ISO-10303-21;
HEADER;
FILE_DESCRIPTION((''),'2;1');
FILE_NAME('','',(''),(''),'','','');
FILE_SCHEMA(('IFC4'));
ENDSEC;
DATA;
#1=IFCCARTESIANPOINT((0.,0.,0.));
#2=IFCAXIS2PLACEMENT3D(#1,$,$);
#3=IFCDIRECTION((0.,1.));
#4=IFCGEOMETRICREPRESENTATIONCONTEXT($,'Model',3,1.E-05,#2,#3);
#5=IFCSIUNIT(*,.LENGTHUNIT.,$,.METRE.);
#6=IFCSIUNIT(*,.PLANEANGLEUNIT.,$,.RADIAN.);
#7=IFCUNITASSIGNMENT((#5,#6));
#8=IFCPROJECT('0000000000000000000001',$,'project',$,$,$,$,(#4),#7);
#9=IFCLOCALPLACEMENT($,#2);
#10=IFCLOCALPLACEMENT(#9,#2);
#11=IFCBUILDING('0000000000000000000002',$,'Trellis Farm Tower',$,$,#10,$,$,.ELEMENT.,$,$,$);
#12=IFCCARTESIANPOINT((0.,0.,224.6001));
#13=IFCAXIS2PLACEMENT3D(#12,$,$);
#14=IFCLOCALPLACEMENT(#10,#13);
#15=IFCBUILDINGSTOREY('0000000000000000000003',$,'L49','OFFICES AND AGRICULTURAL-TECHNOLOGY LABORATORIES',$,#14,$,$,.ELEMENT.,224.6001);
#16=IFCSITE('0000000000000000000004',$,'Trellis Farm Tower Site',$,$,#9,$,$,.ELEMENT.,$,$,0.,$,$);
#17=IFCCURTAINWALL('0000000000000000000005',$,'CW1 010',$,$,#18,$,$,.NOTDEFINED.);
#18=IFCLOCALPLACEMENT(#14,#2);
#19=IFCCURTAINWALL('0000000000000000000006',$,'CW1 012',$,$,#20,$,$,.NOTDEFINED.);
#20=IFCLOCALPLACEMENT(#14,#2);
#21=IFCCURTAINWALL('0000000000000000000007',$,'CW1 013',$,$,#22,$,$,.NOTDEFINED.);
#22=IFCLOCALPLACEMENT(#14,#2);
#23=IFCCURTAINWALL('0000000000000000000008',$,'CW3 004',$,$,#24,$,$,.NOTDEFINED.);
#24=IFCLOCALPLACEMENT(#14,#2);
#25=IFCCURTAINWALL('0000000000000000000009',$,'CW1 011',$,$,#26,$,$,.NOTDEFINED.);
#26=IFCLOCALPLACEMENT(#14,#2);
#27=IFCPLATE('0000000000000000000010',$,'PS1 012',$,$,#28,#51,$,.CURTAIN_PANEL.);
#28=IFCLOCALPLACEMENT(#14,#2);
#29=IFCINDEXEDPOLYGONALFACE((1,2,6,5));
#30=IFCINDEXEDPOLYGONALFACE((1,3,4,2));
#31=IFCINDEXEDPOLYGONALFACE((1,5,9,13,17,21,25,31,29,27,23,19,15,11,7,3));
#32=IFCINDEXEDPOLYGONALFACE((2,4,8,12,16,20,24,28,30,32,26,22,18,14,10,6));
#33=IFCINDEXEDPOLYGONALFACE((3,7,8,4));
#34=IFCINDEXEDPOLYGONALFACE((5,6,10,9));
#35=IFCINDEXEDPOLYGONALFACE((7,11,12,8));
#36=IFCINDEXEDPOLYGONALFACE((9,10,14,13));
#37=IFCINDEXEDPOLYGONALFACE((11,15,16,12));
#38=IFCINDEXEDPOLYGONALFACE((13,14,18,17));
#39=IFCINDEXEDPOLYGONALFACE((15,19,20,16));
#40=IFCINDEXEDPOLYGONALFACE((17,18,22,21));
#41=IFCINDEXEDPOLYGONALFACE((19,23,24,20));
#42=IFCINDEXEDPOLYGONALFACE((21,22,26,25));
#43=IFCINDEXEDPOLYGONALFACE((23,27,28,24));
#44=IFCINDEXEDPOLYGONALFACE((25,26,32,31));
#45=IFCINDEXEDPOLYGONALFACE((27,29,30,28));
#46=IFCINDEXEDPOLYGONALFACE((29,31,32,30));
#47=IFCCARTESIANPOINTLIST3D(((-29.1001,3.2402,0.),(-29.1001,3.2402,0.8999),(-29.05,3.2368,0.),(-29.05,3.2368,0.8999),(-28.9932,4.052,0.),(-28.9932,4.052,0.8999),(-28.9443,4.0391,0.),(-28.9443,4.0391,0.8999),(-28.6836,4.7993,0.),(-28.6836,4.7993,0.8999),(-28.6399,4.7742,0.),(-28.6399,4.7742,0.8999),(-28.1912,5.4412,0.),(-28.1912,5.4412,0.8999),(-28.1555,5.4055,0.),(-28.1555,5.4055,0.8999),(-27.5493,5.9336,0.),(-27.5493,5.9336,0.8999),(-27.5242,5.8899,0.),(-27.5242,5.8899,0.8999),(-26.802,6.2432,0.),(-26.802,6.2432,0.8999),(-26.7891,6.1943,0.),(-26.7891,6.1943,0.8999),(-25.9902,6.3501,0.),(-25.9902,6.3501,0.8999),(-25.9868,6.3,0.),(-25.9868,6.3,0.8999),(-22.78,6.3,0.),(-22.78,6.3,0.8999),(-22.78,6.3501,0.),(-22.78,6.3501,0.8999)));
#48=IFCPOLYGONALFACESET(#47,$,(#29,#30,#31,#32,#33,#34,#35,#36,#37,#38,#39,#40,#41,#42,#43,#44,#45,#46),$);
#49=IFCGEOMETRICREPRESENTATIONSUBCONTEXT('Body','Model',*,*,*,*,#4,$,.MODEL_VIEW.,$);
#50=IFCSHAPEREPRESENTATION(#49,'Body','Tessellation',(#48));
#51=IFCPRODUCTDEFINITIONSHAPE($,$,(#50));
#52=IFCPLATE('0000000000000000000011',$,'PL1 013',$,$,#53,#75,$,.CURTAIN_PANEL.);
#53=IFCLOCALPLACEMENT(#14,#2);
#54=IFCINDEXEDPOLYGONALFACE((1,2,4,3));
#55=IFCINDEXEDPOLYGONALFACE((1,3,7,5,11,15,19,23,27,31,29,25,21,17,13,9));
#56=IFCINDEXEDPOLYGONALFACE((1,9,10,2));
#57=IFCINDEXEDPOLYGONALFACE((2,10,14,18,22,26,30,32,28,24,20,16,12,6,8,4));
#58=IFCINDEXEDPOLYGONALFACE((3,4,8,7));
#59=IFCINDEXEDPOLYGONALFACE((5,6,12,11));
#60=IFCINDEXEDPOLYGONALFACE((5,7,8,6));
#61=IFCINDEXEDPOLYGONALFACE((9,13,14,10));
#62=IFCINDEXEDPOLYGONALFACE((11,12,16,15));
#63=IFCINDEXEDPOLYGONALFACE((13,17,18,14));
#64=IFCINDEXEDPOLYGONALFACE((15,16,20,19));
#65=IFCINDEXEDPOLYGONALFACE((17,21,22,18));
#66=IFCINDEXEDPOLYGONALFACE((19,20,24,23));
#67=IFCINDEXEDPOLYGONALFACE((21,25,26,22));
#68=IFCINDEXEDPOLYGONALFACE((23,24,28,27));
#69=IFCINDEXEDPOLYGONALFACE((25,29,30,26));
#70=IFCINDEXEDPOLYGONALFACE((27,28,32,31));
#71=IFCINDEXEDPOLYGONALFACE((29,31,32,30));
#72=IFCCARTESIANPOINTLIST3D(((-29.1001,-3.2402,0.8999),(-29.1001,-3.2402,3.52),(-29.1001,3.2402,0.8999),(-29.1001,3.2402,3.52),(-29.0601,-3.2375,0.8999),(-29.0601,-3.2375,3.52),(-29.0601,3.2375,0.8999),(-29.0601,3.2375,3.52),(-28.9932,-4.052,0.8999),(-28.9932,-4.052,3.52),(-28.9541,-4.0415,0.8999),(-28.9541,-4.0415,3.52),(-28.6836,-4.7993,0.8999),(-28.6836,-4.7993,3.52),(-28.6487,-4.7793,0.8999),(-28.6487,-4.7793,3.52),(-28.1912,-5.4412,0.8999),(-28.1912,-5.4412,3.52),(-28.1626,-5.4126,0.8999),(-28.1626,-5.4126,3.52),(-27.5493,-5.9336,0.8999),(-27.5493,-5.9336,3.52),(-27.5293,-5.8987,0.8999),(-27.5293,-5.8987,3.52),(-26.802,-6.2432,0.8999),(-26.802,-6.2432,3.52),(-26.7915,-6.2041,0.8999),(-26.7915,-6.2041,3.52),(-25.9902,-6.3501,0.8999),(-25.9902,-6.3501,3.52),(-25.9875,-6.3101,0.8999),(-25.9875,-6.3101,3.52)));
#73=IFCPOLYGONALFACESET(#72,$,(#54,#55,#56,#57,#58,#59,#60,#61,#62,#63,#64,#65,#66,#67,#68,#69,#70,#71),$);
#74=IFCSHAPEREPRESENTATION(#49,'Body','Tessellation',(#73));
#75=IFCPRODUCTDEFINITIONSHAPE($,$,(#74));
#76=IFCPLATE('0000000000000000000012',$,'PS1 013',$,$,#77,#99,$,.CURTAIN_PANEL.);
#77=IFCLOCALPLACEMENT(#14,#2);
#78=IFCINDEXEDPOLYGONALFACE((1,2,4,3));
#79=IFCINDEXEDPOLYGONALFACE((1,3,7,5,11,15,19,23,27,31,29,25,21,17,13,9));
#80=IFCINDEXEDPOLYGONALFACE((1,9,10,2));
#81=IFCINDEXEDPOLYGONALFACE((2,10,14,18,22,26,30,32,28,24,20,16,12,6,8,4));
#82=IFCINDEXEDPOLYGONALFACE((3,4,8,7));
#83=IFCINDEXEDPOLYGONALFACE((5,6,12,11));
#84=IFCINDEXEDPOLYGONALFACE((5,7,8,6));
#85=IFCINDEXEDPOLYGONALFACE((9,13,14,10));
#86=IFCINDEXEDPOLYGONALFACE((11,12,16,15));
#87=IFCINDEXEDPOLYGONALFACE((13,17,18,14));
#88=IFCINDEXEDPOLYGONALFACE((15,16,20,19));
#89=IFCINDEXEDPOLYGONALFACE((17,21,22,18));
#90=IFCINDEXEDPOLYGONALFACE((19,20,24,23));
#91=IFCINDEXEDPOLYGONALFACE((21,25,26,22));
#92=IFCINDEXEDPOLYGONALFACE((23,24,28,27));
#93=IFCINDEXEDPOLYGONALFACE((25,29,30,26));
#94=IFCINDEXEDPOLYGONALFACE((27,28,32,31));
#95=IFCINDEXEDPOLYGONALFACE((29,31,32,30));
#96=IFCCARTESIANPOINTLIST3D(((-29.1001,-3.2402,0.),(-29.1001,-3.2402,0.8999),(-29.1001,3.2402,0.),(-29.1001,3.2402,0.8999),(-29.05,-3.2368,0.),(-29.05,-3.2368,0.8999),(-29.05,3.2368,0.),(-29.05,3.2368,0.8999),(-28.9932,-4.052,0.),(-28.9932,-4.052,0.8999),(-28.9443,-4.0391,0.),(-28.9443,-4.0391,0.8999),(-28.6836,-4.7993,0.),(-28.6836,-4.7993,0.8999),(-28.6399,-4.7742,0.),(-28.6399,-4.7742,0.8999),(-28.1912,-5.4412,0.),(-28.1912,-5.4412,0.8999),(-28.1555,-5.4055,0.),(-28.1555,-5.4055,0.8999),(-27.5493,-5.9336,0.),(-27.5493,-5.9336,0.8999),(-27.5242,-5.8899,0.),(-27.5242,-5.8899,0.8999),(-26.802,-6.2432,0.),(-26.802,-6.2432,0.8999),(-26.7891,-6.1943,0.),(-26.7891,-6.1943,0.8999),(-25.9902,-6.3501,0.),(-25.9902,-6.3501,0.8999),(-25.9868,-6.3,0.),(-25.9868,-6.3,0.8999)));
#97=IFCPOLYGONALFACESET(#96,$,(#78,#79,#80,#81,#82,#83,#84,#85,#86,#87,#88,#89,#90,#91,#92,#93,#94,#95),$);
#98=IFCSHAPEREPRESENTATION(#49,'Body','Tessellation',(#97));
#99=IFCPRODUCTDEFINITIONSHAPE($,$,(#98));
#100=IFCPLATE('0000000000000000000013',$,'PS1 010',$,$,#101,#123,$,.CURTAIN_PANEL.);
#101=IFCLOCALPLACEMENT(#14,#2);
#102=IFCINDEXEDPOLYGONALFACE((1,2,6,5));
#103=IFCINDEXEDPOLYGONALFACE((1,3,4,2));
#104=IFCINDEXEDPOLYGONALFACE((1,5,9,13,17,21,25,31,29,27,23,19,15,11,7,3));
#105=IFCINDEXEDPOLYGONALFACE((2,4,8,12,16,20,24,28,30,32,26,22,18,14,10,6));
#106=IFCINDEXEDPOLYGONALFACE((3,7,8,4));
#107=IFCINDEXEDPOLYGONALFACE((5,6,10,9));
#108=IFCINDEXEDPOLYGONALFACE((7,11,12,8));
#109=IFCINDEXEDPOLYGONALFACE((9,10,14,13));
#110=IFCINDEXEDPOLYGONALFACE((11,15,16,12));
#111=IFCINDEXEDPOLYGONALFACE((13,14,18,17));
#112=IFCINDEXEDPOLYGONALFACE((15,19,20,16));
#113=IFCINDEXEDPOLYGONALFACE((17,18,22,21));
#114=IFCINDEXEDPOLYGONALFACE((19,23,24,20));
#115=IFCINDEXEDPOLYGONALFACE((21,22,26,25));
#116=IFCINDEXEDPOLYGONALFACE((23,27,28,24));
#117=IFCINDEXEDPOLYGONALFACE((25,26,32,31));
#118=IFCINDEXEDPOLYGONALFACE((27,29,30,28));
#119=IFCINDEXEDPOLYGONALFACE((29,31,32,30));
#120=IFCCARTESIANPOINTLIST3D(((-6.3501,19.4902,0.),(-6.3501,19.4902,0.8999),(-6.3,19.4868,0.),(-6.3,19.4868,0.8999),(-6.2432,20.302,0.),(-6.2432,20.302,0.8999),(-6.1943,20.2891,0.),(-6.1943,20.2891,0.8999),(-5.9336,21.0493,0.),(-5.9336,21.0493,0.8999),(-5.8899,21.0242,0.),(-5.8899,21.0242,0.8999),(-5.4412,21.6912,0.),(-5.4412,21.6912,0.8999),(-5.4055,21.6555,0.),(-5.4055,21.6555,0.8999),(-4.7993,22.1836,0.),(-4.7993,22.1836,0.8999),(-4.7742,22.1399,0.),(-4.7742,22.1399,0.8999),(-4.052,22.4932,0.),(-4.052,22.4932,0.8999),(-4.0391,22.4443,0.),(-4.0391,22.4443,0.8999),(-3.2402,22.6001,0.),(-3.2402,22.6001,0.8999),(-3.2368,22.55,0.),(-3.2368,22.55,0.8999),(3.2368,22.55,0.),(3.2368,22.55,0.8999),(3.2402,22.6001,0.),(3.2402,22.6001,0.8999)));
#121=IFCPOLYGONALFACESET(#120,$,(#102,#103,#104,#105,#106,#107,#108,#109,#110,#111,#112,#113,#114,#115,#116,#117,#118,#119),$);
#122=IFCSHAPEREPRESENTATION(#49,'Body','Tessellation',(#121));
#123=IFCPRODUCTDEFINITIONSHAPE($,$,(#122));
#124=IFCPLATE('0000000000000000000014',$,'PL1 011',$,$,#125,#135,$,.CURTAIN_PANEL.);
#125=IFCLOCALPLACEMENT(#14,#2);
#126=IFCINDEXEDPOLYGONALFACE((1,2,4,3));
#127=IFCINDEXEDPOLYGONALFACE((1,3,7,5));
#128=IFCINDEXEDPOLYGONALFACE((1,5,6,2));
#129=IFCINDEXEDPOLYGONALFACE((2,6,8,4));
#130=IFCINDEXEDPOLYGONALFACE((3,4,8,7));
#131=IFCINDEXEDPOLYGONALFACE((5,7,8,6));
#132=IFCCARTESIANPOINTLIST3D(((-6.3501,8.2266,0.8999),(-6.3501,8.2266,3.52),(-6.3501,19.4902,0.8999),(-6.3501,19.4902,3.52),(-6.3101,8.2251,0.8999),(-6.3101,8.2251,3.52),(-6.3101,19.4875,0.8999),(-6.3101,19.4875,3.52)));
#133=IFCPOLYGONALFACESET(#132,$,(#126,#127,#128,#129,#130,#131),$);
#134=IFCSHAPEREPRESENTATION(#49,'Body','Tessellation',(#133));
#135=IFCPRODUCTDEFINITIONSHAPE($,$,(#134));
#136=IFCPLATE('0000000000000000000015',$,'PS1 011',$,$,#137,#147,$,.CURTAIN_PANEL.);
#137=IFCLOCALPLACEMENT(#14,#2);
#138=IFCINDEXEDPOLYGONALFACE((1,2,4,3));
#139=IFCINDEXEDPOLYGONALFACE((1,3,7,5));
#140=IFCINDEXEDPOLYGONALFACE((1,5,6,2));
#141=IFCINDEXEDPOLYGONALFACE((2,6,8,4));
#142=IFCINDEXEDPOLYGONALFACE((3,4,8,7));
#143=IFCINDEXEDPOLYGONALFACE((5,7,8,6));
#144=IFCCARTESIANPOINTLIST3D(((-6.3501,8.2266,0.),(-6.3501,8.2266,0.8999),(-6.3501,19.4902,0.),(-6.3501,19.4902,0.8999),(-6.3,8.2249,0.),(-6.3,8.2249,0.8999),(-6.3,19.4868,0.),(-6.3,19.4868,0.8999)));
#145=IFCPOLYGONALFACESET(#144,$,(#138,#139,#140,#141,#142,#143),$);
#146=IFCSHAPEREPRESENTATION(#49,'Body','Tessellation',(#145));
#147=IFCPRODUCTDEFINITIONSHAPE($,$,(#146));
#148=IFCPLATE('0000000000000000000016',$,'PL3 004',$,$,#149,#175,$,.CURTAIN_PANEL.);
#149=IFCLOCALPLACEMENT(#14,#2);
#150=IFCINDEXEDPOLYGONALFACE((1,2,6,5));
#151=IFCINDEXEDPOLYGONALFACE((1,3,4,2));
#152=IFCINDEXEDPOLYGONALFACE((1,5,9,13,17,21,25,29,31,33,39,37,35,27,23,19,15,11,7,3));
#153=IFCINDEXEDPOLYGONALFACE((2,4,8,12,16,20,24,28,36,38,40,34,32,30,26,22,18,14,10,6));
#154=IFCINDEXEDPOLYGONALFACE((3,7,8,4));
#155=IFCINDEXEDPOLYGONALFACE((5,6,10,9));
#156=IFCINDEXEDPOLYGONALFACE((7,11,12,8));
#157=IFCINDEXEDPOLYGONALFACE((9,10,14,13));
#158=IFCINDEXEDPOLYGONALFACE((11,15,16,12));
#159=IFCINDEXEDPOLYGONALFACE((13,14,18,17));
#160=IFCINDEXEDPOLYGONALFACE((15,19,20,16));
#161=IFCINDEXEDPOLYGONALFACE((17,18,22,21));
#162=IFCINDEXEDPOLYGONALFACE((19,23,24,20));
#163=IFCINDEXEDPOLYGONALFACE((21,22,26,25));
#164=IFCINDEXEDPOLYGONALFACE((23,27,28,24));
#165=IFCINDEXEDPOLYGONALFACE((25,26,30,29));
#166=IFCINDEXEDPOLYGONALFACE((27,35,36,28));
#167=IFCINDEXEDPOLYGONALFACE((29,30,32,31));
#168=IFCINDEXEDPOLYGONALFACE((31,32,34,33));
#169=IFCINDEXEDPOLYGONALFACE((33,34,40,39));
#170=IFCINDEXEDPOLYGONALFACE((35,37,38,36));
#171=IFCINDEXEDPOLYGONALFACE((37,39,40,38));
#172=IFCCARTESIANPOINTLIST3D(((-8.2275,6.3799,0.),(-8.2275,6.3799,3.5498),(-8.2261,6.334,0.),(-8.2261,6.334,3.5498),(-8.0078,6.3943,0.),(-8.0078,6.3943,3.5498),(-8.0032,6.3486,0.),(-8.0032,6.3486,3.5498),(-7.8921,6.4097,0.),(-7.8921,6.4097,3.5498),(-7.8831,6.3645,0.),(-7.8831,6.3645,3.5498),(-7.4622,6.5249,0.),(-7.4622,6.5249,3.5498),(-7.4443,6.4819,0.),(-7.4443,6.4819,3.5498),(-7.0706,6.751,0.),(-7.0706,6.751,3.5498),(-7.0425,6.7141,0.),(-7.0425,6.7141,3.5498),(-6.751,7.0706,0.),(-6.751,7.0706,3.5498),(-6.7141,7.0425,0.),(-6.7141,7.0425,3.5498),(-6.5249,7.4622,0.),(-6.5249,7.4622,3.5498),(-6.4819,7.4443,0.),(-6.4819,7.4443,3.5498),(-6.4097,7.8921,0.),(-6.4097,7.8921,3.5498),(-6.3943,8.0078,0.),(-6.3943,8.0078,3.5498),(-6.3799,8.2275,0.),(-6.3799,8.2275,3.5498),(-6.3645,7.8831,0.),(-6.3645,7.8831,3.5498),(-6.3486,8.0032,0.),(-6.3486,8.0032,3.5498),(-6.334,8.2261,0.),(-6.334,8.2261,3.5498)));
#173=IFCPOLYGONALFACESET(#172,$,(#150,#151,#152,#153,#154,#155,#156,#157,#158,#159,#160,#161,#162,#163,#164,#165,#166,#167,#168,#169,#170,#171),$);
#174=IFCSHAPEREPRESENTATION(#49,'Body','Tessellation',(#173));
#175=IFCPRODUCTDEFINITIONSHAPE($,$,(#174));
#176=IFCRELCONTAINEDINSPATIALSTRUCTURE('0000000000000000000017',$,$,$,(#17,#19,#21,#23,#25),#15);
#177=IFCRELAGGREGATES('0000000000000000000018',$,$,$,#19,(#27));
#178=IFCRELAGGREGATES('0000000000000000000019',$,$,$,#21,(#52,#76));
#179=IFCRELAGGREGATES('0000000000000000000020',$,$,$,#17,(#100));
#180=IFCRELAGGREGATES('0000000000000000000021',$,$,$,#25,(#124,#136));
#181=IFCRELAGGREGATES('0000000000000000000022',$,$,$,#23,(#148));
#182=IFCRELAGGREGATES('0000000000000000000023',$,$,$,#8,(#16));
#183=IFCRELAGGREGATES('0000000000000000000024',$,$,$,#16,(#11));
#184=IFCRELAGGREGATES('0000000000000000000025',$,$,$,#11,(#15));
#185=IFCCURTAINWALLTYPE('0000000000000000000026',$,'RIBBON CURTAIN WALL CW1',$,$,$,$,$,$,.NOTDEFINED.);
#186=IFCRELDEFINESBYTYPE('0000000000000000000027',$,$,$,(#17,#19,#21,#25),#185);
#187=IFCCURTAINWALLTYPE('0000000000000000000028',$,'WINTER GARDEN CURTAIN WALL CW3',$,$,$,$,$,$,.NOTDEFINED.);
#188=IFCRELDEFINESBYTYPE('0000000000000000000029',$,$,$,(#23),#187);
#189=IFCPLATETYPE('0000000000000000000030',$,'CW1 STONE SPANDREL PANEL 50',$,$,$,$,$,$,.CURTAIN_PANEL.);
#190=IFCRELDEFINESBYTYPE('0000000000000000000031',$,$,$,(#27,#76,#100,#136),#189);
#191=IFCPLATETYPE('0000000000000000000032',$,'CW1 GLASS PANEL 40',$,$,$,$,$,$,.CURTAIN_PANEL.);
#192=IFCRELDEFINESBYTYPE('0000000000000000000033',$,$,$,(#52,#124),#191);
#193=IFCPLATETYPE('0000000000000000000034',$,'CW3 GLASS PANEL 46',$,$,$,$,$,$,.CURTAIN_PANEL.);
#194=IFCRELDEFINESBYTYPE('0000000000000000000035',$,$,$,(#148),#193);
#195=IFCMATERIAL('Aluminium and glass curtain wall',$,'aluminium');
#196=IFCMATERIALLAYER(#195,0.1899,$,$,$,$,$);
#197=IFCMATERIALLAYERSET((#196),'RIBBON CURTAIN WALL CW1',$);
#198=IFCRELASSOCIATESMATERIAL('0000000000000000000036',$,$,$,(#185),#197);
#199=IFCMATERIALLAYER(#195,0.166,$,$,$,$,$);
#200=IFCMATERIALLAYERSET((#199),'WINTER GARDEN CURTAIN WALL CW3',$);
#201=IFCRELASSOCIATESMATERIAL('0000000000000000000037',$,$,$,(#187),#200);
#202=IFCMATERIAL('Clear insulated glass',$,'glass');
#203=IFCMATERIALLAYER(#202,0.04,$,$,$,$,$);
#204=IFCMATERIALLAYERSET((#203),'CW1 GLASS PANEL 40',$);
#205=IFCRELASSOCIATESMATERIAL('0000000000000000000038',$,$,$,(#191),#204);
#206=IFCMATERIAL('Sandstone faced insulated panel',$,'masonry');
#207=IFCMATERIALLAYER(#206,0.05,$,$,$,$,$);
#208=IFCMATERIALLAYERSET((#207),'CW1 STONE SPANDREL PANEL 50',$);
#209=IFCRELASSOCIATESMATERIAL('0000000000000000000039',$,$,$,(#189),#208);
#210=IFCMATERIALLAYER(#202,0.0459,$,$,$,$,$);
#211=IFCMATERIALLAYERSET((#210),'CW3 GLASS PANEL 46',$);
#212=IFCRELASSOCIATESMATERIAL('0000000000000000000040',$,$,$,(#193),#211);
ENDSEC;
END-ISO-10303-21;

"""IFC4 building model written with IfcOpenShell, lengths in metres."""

from ifc_helpers import new_model, si_unit, direction, frame, origin, place, context, subcontext, project, spatial, polyline, outline, extrude, source, transform, mapped, material, layer, layer_set, type_object, element, aggregate, save


model = new_model("IFC4")

# Units and contexts
model_context = context("Model", 3, precision=1e-05, world=origin(), true_north=direction((0.0, 1.0)))
body_context = subcontext(model_context, "Body", "Model", "MODEL_VIEW")
ifc_project = project(units=[si_unit("LENGTHUNIT", "METRE"), si_unit("PLANEANGLEUNIT", "RADIAN")], contexts=[model_context])

# Site, building, storey
site_placement = place(None, origin())
site = spatial("IfcSite", under=ifc_project, at=site_placement, Name="Trellis Farm Tower Site", CompositionType="ELEMENT", RefElevation=0.0)
building_placement = place(site_placement, origin())
building = spatial("IfcBuilding", under=site, at=building_placement, Name="Trellis Farm Tower", CompositionType="ELEMENT")
storey_placement = place(building_placement, frame((0.0, 0.0, 224.6001)))
storey = spatial("IfcBuildingStorey", under=building, at=storey_placement, Name="L49", Description="OFFICES AND AGRICULTURAL-TECHNOLOGY LABORATORIES", CompositionType="ELEMENT", Elevation=224.6001)

# Curtain walls
ifc_material_1 = material(Name="Aluminium and glass curtain wall", Category="aluminium")
ifc_layer_1 = layer(ifc_material_1, 0.1899)
ifc_layer_set_1 = layer_set([ifc_layer_1], Name="RIBBON CURTAIN WALL CW1")
curtain_wall_type_1 = type_object("IfcCurtainWallType", Name="RIBBON CURTAIN WALL CW1", PredefinedType="NOTDEFINED", material=ifc_layer_set_1)
placement_1 = place(storey_placement, origin())
curtain_wall_1 = element("IfcCurtainWall", 1, at=placement_1, inside=storey, type_object=curtain_wall_type_1, Name="CW1 010", PredefinedType="NOTDEFINED")
curtain_wall_2 = element("IfcCurtainWall", 2, at=placement_1, inside=storey, type_object=curtain_wall_type_1, Name="CW1 012", PredefinedType="NOTDEFINED")
curtain_wall_3 = element("IfcCurtainWall", 3, at=placement_1, inside=storey, type_object=curtain_wall_type_1, Name="CW1 013", PredefinedType="NOTDEFINED")
ifc_layer_2 = layer(ifc_material_1, 0.166)
ifc_layer_set_2 = layer_set([ifc_layer_2], Name="WINTER GARDEN CURTAIN WALL CW3")
curtain_wall_type_2 = type_object("IfcCurtainWallType", Name="WINTER GARDEN CURTAIN WALL CW3", PredefinedType="NOTDEFINED", material=ifc_layer_set_2)
curtain_wall_4 = element("IfcCurtainWall", 4, at=placement_1, inside=storey, type_object=curtain_wall_type_2, Name="CW3 004", PredefinedType="NOTDEFINED")

# Curtain wall
curtain_wall_5 = element("IfcCurtainWall", 5, at=placement_1, inside=storey, type_object=curtain_wall_type_1, Name="CW1 011", PredefinedType="NOTDEFINED")

# Plates
ifc_material_2 = material(Name="Clear insulated glass", Category="glass")
ifc_layer_3 = layer(ifc_material_2, 0.04)
ifc_layer_set_3 = layer_set([ifc_layer_3], Name="CW1 GLASS PANEL 40")
plate_type_1 = type_object("IfcPlateType", Name="CW1 GLASS PANEL 40", PredefinedType="CURTAIN_PANEL", material=ifc_layer_set_3)
placement_2 = place(storey_placement, frame((0.0, 0.0, 0.8999)))
ifc_material_3 = material(Name="Sandstone faced insulated panel", Category="masonry")
ifc_layer_4 = layer(ifc_material_3, 0.05)
ifc_layer_set_4 = layer_set([ifc_layer_4], Name="CW1 STONE SPANDREL PANEL 50")
plate_type_2 = type_object("IfcPlateType", Name="CW1 STONE SPANDREL PANEL 50", PredefinedType="CURTAIN_PANEL", material=ifc_layer_set_4)
shared_shape_1 = source(origin(), body_context, "Body", "SweptSolid", [
    extrude(outline(polyline([(-22.78, 6.3501), (-25.9902, 6.3501), (-26.802, 6.2432), (-27.5493, 5.9336), (-28.1912, 5.4412), (-28.6836, 4.7993), (-28.9932, 4.052), (-29.1001, 3.2402), (-29.05, 3.2368), (-28.9443, 4.0391), (-28.6399, 4.7742), (-28.1555, 5.4055), (-27.5242, 5.8899), (-26.7891, 6.1943), (-25.9868, 6.3), (-22.78, 6.3), (-22.78, 6.3501)])), origin(), (0.0, 0.0, 1.0), 0.8999),
])
plate_1 = element("IfcPlate", 6, at=placement_1, type_object=plate_type_2, Name="PS1 012", PredefinedType="CURTAIN_PANEL", context=body_context, shape_type="MappedRepresentation", body=[
    mapped(shared_shape_1, transform((0.0, 0.0, 0.0))),
])
aggregate(curtain_wall_2, [plate_1])
shared_shape_2 = source(origin(), body_context, "Body", "SweptSolid", [
    extrude(outline(polyline([(-29.1001, 3.2402), (-29.1001, -3.2402), (-28.9932, -4.052), (-28.6836, -4.7993), (-28.1912, -5.4412), (-27.5493, -5.9336), (-26.802, -6.2432), (-25.9902, -6.3501), (-25.9875, -6.3101), (-26.7915, -6.2041), (-27.5293, -5.8987), (-28.1626, -5.4126), (-28.6487, -4.7793), (-28.9541, -4.0415), (-29.0601, -3.2375), (-29.0601, 3.2375), (-29.1001, 3.2402)])), origin(), (0.0, 0.0, 1.0), 2.6201),
])
plate_2 = element("IfcPlate", 7, at=placement_2, type_object=plate_type_1, Name="PL1 013", PredefinedType="CURTAIN_PANEL", context=body_context, shape_type="MappedRepresentation", body=[
    mapped(shared_shape_2, transform((0.0, 0.0, 0.0))),
])
shared_shape_3 = source(origin(), body_context, "Body", "SweptSolid", [
    extrude(outline(polyline([(-29.1001, 3.2402), (-29.1001, -3.2402), (-28.9932, -4.052), (-28.6836, -4.7993), (-28.1912, -5.4412), (-27.5493, -5.9336), (-26.802, -6.2432), (-25.9902, -6.3501), (-25.9868, -6.3), (-26.7891, -6.1943), (-27.5242, -5.8899), (-28.1555, -5.4055), (-28.6399, -4.7742), (-28.9443, -4.0391), (-29.05, -3.2368), (-29.05, 3.2368), (-29.1001, 3.2402)])), origin(), (0.0, 0.0, 1.0), 0.8999),
])
plate_3 = element("IfcPlate", 8, at=placement_1, type_object=plate_type_2, Name="PS1 013", PredefinedType="CURTAIN_PANEL", context=body_context, shape_type="MappedRepresentation", body=[
    mapped(shared_shape_3, transform((0.0, 0.0, 0.0))),
])
aggregate(curtain_wall_3, [plate_2, plate_3])
shared_shape_4 = source(origin(), body_context, "Body", "SweptSolid", [
    extrude(outline(polyline([(3.2402, 22.6001), (-3.2402, 22.6001), (-4.052, 22.4932), (-4.7993, 22.1836), (-5.4412, 21.6912), (-5.9336, 21.0493), (-6.2432, 20.302), (-6.3501, 19.4902), (-6.3, 19.4868), (-6.1943, 20.2891), (-5.8899, 21.0242), (-5.4055, 21.6555), (-4.7742, 22.1399), (-4.0391, 22.4443), (-3.2368, 22.55), (3.2368, 22.55), (3.2402, 22.6001)])), origin(), (0.0, 0.0, 1.0), 0.8999),
])
plate_4 = element("IfcPlate", 9, at=placement_1, type_object=plate_type_2, Name="PS1 010", PredefinedType="CURTAIN_PANEL", context=body_context, shape_type="MappedRepresentation", body=[
    mapped(shared_shape_4, transform((0.0, 0.0, 0.0))),
])
aggregate(curtain_wall_1, [plate_4])
shared_shape_5 = source(origin(), body_context, "Body", "SweptSolid", [
    extrude(outline(polyline([(-6.3501, 19.4902), (-6.3501, 8.2266), (-6.3101, 8.2251), (-6.3101, 19.4875), (-6.3501, 19.4902)])), origin(), (0.0, 0.0, 1.0), 2.6201),
])
plate_5 = element("IfcPlate", 10, at=placement_2, type_object=plate_type_1, Name="PL1 011", PredefinedType="CURTAIN_PANEL", context=body_context, shape_type="MappedRepresentation", body=[
    mapped(shared_shape_5, transform((0.0, 0.0, 0.0))),
])
shared_shape_6 = source(origin(), body_context, "Body", "SweptSolid", [
    extrude(outline(polyline([(-6.3501, 19.4902), (-6.3501, 8.2266), (-6.3, 8.2249), (-6.3, 19.4868), (-6.3501, 19.4902)])), origin(), (0.0, 0.0, 1.0), 0.8999),
])
plate_6 = element("IfcPlate", 11, at=placement_1, type_object=plate_type_2, Name="PS1 011", PredefinedType="CURTAIN_PANEL", context=body_context, shape_type="MappedRepresentation", body=[
    mapped(shared_shape_6, transform((0.0, 0.0, 0.0))),
])
aggregate(curtain_wall_5, [plate_5, plate_6])
ifc_layer_5 = layer(ifc_material_2, 0.0459)
ifc_layer_set_5 = layer_set([ifc_layer_5], Name="CW3 GLASS PANEL 46")
plate_type_3 = type_object("IfcPlateType", Name="CW3 GLASS PANEL 46", PredefinedType="CURTAIN_PANEL", material=ifc_layer_set_5)
shared_shape_7 = source(origin(), body_context, "Body", "SweptSolid", [
    extrude(outline(polyline([(-6.3799, 8.2275), (-6.3943, 8.0078), (-6.4097, 7.8921), (-6.5249, 7.4622), (-6.751, 7.0706), (-7.0706, 6.751), (-7.4622, 6.5249), (-7.8921, 6.4097), (-8.0078, 6.3943), (-8.2275, 6.3799), (-8.2261, 6.334), (-8.0032, 6.3486), (-7.8831, 6.3645), (-7.4443, 6.4819), (-7.0425, 6.7141), (-6.7141, 7.0425), (-6.4819, 7.4443), (-6.3645, 7.8831), (-6.3486, 8.0032), (-6.334, 8.2261), (-6.3799, 8.2275)])), origin(), (0.0, 0.0, 1.0), 3.5498),
])
plate_7 = element("IfcPlate", 12, at=placement_1, type_object=plate_type_3, Name="PL3 004", PredefinedType="CURTAIN_PANEL", context=body_context, shape_type="MappedRepresentation", body=[
    mapped(shared_shape_7, transform((0.0, 0.0, 0.0))),
])
aggregate(curtain_wall_4, [plate_7])

save(model, "model.ifc")
